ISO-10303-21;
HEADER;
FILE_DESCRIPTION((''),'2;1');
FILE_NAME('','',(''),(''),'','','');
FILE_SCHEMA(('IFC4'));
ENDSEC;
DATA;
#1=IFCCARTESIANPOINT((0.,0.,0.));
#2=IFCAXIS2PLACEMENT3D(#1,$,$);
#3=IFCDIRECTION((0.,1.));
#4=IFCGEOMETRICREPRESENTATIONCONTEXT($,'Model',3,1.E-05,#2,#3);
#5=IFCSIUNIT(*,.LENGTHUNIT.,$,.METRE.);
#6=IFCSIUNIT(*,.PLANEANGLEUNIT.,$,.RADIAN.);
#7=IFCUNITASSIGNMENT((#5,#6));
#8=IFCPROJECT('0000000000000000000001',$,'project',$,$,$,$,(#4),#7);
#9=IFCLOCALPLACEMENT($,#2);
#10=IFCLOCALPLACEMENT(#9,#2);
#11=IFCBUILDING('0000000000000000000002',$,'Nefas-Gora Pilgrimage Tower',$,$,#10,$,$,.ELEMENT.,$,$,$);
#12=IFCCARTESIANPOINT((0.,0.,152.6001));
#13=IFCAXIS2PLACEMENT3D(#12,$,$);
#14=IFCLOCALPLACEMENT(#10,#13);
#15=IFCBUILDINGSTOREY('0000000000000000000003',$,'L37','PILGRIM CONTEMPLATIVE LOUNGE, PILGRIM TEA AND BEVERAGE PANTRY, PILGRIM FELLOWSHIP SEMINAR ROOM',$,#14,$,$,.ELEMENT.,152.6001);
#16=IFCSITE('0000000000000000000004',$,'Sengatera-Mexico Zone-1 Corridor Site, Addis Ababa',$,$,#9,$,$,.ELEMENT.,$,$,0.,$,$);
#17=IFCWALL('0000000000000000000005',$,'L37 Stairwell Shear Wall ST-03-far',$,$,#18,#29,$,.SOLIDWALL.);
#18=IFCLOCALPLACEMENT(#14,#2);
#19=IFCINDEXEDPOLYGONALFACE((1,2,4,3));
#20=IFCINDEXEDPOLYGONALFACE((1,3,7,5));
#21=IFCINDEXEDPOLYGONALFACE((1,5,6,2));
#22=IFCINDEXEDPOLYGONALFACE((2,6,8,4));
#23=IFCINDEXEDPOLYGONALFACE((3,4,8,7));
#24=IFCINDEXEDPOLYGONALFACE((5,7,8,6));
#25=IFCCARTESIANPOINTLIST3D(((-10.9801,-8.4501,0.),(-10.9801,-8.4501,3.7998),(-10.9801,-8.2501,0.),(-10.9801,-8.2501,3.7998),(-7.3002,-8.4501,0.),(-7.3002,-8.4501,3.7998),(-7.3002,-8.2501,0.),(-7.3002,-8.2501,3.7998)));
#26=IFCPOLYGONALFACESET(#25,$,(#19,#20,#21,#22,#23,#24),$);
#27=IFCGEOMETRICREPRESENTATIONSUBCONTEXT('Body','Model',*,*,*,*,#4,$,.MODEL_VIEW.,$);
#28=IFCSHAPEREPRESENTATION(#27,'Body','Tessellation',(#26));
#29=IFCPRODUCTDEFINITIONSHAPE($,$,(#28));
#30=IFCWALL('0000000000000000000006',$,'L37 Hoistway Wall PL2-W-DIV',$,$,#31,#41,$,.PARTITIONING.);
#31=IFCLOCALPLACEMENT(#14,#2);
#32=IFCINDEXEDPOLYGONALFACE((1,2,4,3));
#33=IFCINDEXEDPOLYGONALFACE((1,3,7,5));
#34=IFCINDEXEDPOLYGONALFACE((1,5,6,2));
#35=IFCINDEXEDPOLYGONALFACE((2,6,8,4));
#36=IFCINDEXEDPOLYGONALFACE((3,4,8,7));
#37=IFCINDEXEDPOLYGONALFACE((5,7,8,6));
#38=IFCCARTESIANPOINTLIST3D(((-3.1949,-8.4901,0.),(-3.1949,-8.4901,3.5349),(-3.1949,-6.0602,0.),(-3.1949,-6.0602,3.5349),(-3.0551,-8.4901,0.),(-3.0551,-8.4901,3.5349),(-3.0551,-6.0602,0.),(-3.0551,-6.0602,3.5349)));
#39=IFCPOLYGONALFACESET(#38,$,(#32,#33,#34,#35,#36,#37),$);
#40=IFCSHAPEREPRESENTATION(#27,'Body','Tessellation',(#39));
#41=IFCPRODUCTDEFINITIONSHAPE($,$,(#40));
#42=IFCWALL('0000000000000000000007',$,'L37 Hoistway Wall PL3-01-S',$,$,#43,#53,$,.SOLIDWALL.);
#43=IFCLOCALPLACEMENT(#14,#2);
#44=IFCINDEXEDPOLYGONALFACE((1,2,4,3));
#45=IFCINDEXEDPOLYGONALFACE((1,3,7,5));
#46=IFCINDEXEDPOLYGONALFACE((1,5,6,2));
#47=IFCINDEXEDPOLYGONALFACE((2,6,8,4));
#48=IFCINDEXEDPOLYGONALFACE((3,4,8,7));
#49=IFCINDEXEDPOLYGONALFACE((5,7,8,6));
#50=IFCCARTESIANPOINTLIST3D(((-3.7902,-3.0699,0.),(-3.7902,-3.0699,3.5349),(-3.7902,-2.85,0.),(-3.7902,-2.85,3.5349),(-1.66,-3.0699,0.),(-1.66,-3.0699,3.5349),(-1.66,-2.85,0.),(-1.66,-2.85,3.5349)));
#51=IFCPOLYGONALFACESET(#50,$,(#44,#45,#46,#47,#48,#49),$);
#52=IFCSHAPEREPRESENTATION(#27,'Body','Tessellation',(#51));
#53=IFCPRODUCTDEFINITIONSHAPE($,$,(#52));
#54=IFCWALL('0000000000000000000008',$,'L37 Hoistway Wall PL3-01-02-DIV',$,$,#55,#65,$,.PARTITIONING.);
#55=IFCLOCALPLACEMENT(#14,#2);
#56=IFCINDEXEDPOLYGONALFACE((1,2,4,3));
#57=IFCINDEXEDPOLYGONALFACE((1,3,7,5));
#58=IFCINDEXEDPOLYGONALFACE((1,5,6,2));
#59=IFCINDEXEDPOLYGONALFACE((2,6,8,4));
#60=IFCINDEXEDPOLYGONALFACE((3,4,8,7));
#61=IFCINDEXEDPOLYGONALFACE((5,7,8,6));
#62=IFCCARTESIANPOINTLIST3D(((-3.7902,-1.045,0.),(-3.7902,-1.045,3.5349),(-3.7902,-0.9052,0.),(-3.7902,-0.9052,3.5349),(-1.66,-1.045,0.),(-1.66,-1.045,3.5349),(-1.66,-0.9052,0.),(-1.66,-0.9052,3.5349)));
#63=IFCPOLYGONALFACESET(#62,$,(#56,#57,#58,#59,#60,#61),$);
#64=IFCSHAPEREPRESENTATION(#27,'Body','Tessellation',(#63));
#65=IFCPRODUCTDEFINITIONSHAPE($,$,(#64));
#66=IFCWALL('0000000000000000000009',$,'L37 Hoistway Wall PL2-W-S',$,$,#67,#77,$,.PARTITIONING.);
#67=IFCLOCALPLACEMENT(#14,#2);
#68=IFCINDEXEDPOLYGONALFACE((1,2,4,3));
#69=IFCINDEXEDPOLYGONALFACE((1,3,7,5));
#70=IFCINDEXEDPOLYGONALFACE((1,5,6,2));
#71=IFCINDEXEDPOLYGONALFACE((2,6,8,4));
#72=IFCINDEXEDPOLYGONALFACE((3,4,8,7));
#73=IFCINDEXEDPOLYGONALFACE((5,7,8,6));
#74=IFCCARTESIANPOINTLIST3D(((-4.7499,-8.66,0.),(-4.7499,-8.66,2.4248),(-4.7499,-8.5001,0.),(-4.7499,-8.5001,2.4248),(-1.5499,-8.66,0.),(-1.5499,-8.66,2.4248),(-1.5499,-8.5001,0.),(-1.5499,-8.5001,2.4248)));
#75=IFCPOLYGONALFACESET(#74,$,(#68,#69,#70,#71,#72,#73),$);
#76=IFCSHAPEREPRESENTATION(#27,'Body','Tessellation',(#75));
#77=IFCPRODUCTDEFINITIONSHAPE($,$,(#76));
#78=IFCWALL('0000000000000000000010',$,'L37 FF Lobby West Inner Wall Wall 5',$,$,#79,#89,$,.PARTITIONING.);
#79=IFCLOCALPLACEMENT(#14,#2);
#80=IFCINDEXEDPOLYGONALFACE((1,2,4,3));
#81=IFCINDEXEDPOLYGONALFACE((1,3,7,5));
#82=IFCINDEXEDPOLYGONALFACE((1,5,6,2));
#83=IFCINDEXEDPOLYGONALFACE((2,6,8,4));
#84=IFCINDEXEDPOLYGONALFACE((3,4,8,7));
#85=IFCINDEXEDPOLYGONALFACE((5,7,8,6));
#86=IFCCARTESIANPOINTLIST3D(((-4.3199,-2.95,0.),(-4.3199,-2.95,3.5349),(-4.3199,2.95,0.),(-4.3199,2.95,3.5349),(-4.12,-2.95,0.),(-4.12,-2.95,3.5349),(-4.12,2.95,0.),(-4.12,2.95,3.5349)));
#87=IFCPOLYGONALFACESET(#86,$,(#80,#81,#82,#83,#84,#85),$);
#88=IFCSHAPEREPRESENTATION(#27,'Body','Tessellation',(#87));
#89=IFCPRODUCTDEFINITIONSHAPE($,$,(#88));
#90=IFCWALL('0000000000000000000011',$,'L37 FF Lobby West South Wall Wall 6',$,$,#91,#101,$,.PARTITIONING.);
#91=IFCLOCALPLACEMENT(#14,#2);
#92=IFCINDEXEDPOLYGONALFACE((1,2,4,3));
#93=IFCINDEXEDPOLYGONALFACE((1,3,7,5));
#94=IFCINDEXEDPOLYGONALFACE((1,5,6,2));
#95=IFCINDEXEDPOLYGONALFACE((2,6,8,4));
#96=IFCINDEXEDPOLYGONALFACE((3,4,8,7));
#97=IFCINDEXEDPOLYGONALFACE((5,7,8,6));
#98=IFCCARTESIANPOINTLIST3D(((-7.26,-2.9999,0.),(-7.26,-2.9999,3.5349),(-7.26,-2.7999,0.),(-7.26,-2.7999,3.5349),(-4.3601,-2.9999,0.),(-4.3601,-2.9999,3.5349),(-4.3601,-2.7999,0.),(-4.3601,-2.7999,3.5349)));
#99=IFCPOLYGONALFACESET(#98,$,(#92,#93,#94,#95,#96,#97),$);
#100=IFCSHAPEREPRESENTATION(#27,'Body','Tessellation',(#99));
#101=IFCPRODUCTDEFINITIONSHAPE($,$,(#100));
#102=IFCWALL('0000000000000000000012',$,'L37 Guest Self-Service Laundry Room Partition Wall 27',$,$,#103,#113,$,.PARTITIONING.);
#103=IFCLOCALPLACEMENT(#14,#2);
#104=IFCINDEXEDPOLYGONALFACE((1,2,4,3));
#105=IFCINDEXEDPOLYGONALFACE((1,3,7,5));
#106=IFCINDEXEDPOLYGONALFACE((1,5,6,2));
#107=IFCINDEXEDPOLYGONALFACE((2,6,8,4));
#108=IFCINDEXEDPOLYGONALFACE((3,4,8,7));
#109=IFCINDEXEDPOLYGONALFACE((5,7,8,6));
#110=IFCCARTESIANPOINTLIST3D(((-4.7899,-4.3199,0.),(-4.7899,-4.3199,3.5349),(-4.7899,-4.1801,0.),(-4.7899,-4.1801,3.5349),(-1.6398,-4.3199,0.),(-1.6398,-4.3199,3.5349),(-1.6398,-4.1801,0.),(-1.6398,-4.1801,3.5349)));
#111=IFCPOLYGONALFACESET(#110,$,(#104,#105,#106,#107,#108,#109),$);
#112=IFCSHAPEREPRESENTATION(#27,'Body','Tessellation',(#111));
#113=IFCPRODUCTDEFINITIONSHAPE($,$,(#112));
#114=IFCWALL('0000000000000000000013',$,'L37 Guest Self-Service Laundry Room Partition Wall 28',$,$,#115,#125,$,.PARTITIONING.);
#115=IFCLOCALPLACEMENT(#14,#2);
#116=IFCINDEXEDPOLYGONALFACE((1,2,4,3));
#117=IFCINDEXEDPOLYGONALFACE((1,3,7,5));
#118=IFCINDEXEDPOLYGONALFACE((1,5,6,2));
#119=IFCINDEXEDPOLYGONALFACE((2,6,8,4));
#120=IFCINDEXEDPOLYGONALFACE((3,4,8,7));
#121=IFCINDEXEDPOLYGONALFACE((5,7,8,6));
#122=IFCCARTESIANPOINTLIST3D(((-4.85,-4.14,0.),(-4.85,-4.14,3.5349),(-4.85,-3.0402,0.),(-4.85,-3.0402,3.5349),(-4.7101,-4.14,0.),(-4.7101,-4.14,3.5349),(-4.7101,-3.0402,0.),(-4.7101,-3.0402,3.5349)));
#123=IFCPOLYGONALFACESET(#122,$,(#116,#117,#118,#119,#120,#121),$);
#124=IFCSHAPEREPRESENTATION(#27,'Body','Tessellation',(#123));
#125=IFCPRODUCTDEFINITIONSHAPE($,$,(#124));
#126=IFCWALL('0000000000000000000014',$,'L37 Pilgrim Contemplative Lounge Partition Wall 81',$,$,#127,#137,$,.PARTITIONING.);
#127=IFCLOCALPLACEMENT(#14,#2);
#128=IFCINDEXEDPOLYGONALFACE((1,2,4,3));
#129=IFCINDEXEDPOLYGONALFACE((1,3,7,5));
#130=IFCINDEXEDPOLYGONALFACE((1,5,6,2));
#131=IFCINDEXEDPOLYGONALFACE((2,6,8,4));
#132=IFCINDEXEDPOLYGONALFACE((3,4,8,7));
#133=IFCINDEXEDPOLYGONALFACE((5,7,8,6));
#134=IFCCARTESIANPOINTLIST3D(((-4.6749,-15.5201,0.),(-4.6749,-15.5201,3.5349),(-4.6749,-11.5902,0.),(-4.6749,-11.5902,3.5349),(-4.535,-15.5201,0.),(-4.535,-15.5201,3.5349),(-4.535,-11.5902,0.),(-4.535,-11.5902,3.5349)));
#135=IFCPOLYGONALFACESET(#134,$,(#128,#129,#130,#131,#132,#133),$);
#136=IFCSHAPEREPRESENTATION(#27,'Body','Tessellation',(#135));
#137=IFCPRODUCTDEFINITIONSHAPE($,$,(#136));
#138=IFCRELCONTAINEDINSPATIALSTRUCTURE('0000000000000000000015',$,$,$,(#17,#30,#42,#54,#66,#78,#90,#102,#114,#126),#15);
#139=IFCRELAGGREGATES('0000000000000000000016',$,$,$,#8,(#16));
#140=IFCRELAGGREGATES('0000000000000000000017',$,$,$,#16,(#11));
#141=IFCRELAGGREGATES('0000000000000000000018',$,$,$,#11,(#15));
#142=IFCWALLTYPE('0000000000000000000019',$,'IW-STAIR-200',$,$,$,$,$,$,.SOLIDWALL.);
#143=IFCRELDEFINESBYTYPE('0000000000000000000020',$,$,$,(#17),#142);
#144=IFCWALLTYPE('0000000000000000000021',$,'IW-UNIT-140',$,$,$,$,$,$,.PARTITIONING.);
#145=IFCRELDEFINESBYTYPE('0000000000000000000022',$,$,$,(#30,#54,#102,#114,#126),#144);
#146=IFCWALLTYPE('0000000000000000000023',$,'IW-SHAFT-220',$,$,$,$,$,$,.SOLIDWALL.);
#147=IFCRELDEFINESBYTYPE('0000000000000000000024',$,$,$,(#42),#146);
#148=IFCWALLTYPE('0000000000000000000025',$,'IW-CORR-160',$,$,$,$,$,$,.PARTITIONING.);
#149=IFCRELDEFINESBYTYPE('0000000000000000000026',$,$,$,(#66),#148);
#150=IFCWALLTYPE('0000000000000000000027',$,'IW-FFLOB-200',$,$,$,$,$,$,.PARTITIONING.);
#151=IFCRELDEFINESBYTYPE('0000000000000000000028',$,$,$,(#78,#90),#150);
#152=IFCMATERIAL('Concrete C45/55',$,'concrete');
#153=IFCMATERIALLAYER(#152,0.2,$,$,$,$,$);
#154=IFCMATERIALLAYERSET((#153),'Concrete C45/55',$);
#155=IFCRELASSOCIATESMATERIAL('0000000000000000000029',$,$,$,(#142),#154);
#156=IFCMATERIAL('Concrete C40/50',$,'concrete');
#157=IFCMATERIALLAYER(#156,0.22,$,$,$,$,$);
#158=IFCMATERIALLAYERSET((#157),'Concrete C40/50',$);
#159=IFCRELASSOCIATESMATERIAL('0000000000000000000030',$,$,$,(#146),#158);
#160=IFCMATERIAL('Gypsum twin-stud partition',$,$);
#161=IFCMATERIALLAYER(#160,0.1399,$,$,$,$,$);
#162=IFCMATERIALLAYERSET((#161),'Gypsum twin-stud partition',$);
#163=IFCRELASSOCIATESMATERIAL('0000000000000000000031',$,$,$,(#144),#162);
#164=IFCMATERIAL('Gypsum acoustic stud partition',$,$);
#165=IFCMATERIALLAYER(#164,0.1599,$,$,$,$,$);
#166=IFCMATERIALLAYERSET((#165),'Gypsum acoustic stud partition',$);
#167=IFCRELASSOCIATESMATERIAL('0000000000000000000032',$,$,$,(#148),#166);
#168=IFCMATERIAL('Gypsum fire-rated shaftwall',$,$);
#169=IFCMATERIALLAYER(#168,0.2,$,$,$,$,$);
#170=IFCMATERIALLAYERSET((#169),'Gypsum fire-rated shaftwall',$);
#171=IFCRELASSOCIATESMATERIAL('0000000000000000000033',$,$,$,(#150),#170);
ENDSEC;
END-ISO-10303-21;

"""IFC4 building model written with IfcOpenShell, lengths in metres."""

from ifc_helpers import new_model, si_unit, direction, frame, frame_2d, origin, place, context, subcontext, project, spatial, rectangle, extrude, source, transform, mapped, material, layer, layer_set, type_object, element, save


model = new_model("IFC4")

# Units and contexts
model_context = context("Model", 3, precision=1e-05, world=origin(), true_north=direction((0.0, 1.0)))
body_context = subcontext(model_context, "Body", "Model", "MODEL_VIEW")
ifc_project = project(units=[si_unit("LENGTHUNIT", "METRE"), si_unit("PLANEANGLEUNIT", "RADIAN")], contexts=[model_context])

# Site, building, storey
site_placement = place(None, origin())
site = spatial("IfcSite", under=ifc_project, at=site_placement, Name="Sengatera-Mexico Zone-1 Corridor Site, Addis Ababa", CompositionType="ELEMENT", RefElevation=0.0)
building_placement = place(site_placement, origin())
building = spatial("IfcBuilding", under=site, at=building_placement, Name="Nefas-Gora Pilgrimage Tower", CompositionType="ELEMENT")
storey_placement = place(building_placement, frame((0.0, 0.0, 152.6001)))
storey = spatial("IfcBuildingStorey", under=building, at=storey_placement, Name="L37", Description="PILGRIM CONTEMPLATIVE LOUNGE, PILGRIM TEA AND BEVERAGE PANTRY, PILGRIM FELLOWSHIP SEMINAR ROOM", CompositionType="ELEMENT", Elevation=152.6001)

# Shared definitions
ifc_material_1 = material(Name="Concrete C45/55", Category="concrete")
ifc_layer_1 = layer(ifc_material_1, 0.2)
ifc_layer_set_1 = layer_set([ifc_layer_1], Name="Concrete C45/55")
wall_type_1 = type_object("IfcWallType", Name="IW-STAIR-200", PredefinedType="SOLIDWALL", material=ifc_layer_set_1)

# Walls
shared_shape_1 = source(origin(), body_context, "Body", "SweptSolid", [
    extrude(rectangle(XDim=3.6799, YDim=0.2, at=frame_2d((1.8398, 0.0))), origin(), (0.0, 0.0, 1.0), 3.7998),
])
wall_1_placement = place(storey_placement, frame((-10.98, -8.3501, 0.0), z_axis=(0.0, 0.0, 1.0), x_axis=(1.0, 0.0, 0.0)))
element("IfcWall", 1, at=wall_1_placement, inside=storey, type_object=wall_type_1, Name="L37 Stairwell Shear Wall ST-03-far", PredefinedType="SOLIDWALL", context=body_context, shape_type="MappedRepresentation", body=[
    mapped(shared_shape_1, transform((0.0, 0.0, 0.0), x_axis=(1.0, 0.0, 0.0), y_axis=(0.0, 1.0, 0.0), z_axis=(0.0, 0.0, 1.0), scale=1.0)),
])
ifc_material_2 = material(Name="Concrete C40/50", Category="concrete")
ifc_layer_2 = layer(ifc_material_2, 0.22)
ifc_layer_set_2 = layer_set([ifc_layer_2], Name="Concrete C40/50")
wall_type_2 = type_object("IfcWallType", Name="IW-SHAFT-220", PredefinedType="SOLIDWALL", material=ifc_layer_set_2)
ifc_material_3 = material(Name="Gypsum twin-stud partition")
ifc_layer_3 = layer(ifc_material_3, 0.1399)
ifc_layer_set_3 = layer_set([ifc_layer_3], Name="Gypsum twin-stud partition")
wall_type_3 = type_object("IfcWallType", Name="IW-UNIT-140", PredefinedType="PARTITIONING", material=ifc_layer_set_3)
shared_shape_2 = source(origin(), body_context, "Body", "SweptSolid", [
    extrude(rectangle(XDim=2.4299, YDim=0.1399, at=frame_2d((1.2148, 0.0))), origin(), (0.0, 0.0, 1.0), 3.5349),
])
wall_2_placement = place(storey_placement, frame((-3.125, -8.49, 0.0), z_axis=(0.0, 0.0, 1.0), x_axis=(0.0, 1.0, 0.0)))
element("IfcWall", 2, at=wall_2_placement, inside=storey, type_object=wall_type_3, Name="L37 Hoistway Wall PL2-W-DIV", PredefinedType="PARTITIONING", context=body_context, shape_type="MappedRepresentation", body=[
    mapped(shared_shape_2, transform((0.0, 0.0, 0.0), x_axis=(1.0, 0.0, 0.0), y_axis=(0.0, 1.0, 0.0), z_axis=(0.0, 0.0, 1.0), scale=1.0)),
])
shared_shape_3 = source(origin(), body_context, "Body", "SweptSolid", [
    extrude(rectangle(XDim=2.1301, YDim=0.22, at=frame_2d((1.0649, 0.0))), origin(), (0.0, 0.0, 1.0), 3.5349),
])
wall_3_placement = place(storey_placement, frame((-3.79, -2.96, 0.0), z_axis=(0.0, 0.0, 1.0), x_axis=(1.0, 0.0, 0.0)))
element("IfcWall", 3, at=wall_3_placement, inside=storey, type_object=wall_type_2, Name="L37 Hoistway Wall PL3-01-S", PredefinedType="SOLIDWALL", context=body_context, shape_type="MappedRepresentation", body=[
    mapped(shared_shape_3, transform((0.0, 0.0, 0.0), x_axis=(1.0, 0.0, 0.0), y_axis=(0.0, 1.0, 0.0), z_axis=(0.0, 0.0, 1.0), scale=1.0)),
])
shared_shape_4 = source(origin(), body_context, "Body", "SweptSolid", [
    extrude(rectangle(XDim=2.1301, YDim=0.1399, at=frame_2d((1.0649, 0.0))), origin(), (0.0, 0.0, 1.0), 3.5349),
])
wall_4_placement = place(storey_placement, frame((-3.79, -0.9751, 0.0), z_axis=(0.0, 0.0, 1.0), x_axis=(1.0, 0.0, 0.0)))
element("IfcWall", 4, at=wall_4_placement, inside=storey, type_object=wall_type_3, Name="L37 Hoistway Wall PL3-01-02-DIV", PredefinedType="PARTITIONING", context=body_context, shape_type="MappedRepresentation", body=[
    mapped(shared_shape_4, transform((0.0, 0.0, 0.0), x_axis=(1.0, 0.0, 0.0), y_axis=(0.0, 1.0, 0.0), z_axis=(0.0, 0.0, 1.0), scale=1.0)),
])
ifc_material_4 = material(Name="Gypsum acoustic stud partition")
ifc_layer_4 = layer(ifc_material_4, 0.1599)
ifc_layer_set_4 = layer_set([ifc_layer_4], Name="Gypsum acoustic stud partition")
wall_type_4 = type_object("IfcWallType", Name="IW-CORR-160", PredefinedType="PARTITIONING", material=ifc_layer_set_4)
shared_shape_5 = source(origin(), body_context, "Body", "SweptSolid", [
    extrude(rectangle(XDim=3.2, YDim=0.1599, at=frame_2d((1.6001, 0.0))), origin(), (0.0, 0.0, 1.0), 2.4248),
])
wall_5_placement = place(storey_placement, frame((-4.75, -8.5801, 0.0), z_axis=(0.0, 0.0, 1.0), x_axis=(1.0, 0.0, 0.0)))
element("IfcWall", 5, at=wall_5_placement, inside=storey, type_object=wall_type_4, Name="L37 Hoistway Wall PL2-W-S", PredefinedType="PARTITIONING", context=body_context, shape_type="MappedRepresentation", body=[
    mapped(shared_shape_5, transform((0.0, 0.0, 0.0), x_axis=(1.0, 0.0, 0.0), y_axis=(0.0, 1.0, 0.0), z_axis=(0.0, 0.0, 1.0), scale=1.0)),
])
ifc_material_5 = material(Name="Gypsum fire-rated shaftwall")
ifc_layer_5 = layer(ifc_material_5, 0.2)
ifc_layer_set_5 = layer_set([ifc_layer_5], Name="Gypsum fire-rated shaftwall")
wall_type_5 = type_object("IfcWallType", Name="IW-FFLOB-200", PredefinedType="PARTITIONING", material=ifc_layer_set_5)
shared_shape_6 = source(origin(), body_context, "Body", "SweptSolid", [
    extrude(rectangle(XDim=5.8999, YDim=0.2, at=frame_2d((2.95, 0.0))), origin(), (0.0, 0.0, 1.0), 3.5349),
])
wall_6_placement = place(storey_placement, frame((-4.22, -2.95, 0.0), z_axis=(0.0, 0.0, 1.0), x_axis=(0.0, 1.0, 0.0)))
element("IfcWall", 6, at=wall_6_placement, inside=storey, type_object=wall_type_5, Name="L37 FF Lobby West Inner Wall Wall 5", PredefinedType="PARTITIONING", context=body_context, shape_type="MappedRepresentation", body=[
    mapped(shared_shape_6, transform((0.0, 0.0, 0.0), x_axis=(1.0, 0.0, 0.0), y_axis=(0.0, 1.0, 0.0), z_axis=(0.0, 0.0, 1.0), scale=1.0)),
])
shared_shape_7 = source(origin(), body_context, "Body", "SweptSolid", [
    extrude(rectangle(XDim=2.8999, YDim=0.2, at=frame_2d((1.45, 0.0))), origin(), (0.0, 0.0, 1.0), 3.5349),
])
wall_7_placement = place(storey_placement, frame((-7.26, -2.8999, 0.0), z_axis=(0.0, 0.0, 1.0), x_axis=(1.0, 0.0, 0.0)))
element("IfcWall", 7, at=wall_7_placement, inside=storey, type_object=wall_type_5, Name="L37 FF Lobby West South Wall Wall 6", PredefinedType="PARTITIONING", context=body_context, shape_type="MappedRepresentation", body=[
    mapped(shared_shape_7, transform((0.0, 0.0, 0.0), x_axis=(1.0, 0.0, 0.0), y_axis=(0.0, 1.0, 0.0), z_axis=(0.0, 0.0, 1.0), scale=1.0)),
])
shared_shape_8 = source(origin(), body_context, "Body", "SweptSolid", [
    extrude(rectangle(XDim=3.1501, YDim=0.1399, at=frame_2d((1.5752, 0.0))), origin(), (0.0, 0.0, 1.0), 3.5349),
])
wall_8_placement = place(storey_placement, frame((-4.79, -4.25, 0.0), z_axis=(0.0, 0.0, 1.0), x_axis=(1.0, 0.0, 0.0)))
element("IfcWall", 8, at=wall_8_placement, inside=storey, type_object=wall_type_3, Name="L37 Guest Self-Service Laundry Room Partition Wall 27", PredefinedType="PARTITIONING", context=body_context, shape_type="MappedRepresentation", body=[
    mapped(shared_shape_8, transform((0.0, 0.0, 0.0), x_axis=(1.0, 0.0, 0.0), y_axis=(0.0, 1.0, 0.0), z_axis=(0.0, 0.0, 1.0), scale=1.0)),
])
shared_shape_9 = source(origin(), body_context, "Body", "SweptSolid", [
    extrude(rectangle(XDim=1.0999, YDim=0.1399, at=frame_2d((0.5498, 0.0))), origin(), (0.0, 0.0, 1.0), 3.5349),
])
wall_9_placement = place(storey_placement, frame((-4.78, -4.1399, 0.0), z_axis=(0.0, 0.0, 1.0), x_axis=(0.0, 1.0, 0.0)))
element("IfcWall", 9, at=wall_9_placement, inside=storey, type_object=wall_type_3, Name="L37 Guest Self-Service Laundry Room Partition Wall 28", PredefinedType="PARTITIONING", context=body_context, shape_type="MappedRepresentation", body=[
    mapped(shared_shape_9, transform((0.0, 0.0, 0.0), x_axis=(1.0, 0.0, 0.0), y_axis=(0.0, 1.0, 0.0), z_axis=(0.0, 0.0, 1.0), scale=1.0)),
])
shared_shape_10 = source(origin(), body_context, "Body", "SweptSolid", [
    extrude(rectangle(XDim=3.9299, YDim=0.1399, at=frame_2d((1.9648, 0.0))), origin(), (0.0, 0.0, 1.0), 3.5349),
])
wall_10_placement = place(storey_placement, frame((-4.605, -15.52, 0.0), z_axis=(0.0, 0.0, 1.0), x_axis=(0.0, 1.0, 0.0)))
element("IfcWall", 10, at=wall_10_placement, inside=storey, type_object=wall_type_3, Name="L37 Pilgrim Contemplative Lounge Partition Wall 81", PredefinedType="PARTITIONING", context=body_context, shape_type="MappedRepresentation", body=[
    mapped(shared_shape_10, transform((0.0, 0.0, 0.0), x_axis=(1.0, 0.0, 0.0), y_axis=(0.0, 1.0, 0.0), z_axis=(0.0, 0.0, 1.0), scale=1.0)),
])

save(model, "model.ifc")
